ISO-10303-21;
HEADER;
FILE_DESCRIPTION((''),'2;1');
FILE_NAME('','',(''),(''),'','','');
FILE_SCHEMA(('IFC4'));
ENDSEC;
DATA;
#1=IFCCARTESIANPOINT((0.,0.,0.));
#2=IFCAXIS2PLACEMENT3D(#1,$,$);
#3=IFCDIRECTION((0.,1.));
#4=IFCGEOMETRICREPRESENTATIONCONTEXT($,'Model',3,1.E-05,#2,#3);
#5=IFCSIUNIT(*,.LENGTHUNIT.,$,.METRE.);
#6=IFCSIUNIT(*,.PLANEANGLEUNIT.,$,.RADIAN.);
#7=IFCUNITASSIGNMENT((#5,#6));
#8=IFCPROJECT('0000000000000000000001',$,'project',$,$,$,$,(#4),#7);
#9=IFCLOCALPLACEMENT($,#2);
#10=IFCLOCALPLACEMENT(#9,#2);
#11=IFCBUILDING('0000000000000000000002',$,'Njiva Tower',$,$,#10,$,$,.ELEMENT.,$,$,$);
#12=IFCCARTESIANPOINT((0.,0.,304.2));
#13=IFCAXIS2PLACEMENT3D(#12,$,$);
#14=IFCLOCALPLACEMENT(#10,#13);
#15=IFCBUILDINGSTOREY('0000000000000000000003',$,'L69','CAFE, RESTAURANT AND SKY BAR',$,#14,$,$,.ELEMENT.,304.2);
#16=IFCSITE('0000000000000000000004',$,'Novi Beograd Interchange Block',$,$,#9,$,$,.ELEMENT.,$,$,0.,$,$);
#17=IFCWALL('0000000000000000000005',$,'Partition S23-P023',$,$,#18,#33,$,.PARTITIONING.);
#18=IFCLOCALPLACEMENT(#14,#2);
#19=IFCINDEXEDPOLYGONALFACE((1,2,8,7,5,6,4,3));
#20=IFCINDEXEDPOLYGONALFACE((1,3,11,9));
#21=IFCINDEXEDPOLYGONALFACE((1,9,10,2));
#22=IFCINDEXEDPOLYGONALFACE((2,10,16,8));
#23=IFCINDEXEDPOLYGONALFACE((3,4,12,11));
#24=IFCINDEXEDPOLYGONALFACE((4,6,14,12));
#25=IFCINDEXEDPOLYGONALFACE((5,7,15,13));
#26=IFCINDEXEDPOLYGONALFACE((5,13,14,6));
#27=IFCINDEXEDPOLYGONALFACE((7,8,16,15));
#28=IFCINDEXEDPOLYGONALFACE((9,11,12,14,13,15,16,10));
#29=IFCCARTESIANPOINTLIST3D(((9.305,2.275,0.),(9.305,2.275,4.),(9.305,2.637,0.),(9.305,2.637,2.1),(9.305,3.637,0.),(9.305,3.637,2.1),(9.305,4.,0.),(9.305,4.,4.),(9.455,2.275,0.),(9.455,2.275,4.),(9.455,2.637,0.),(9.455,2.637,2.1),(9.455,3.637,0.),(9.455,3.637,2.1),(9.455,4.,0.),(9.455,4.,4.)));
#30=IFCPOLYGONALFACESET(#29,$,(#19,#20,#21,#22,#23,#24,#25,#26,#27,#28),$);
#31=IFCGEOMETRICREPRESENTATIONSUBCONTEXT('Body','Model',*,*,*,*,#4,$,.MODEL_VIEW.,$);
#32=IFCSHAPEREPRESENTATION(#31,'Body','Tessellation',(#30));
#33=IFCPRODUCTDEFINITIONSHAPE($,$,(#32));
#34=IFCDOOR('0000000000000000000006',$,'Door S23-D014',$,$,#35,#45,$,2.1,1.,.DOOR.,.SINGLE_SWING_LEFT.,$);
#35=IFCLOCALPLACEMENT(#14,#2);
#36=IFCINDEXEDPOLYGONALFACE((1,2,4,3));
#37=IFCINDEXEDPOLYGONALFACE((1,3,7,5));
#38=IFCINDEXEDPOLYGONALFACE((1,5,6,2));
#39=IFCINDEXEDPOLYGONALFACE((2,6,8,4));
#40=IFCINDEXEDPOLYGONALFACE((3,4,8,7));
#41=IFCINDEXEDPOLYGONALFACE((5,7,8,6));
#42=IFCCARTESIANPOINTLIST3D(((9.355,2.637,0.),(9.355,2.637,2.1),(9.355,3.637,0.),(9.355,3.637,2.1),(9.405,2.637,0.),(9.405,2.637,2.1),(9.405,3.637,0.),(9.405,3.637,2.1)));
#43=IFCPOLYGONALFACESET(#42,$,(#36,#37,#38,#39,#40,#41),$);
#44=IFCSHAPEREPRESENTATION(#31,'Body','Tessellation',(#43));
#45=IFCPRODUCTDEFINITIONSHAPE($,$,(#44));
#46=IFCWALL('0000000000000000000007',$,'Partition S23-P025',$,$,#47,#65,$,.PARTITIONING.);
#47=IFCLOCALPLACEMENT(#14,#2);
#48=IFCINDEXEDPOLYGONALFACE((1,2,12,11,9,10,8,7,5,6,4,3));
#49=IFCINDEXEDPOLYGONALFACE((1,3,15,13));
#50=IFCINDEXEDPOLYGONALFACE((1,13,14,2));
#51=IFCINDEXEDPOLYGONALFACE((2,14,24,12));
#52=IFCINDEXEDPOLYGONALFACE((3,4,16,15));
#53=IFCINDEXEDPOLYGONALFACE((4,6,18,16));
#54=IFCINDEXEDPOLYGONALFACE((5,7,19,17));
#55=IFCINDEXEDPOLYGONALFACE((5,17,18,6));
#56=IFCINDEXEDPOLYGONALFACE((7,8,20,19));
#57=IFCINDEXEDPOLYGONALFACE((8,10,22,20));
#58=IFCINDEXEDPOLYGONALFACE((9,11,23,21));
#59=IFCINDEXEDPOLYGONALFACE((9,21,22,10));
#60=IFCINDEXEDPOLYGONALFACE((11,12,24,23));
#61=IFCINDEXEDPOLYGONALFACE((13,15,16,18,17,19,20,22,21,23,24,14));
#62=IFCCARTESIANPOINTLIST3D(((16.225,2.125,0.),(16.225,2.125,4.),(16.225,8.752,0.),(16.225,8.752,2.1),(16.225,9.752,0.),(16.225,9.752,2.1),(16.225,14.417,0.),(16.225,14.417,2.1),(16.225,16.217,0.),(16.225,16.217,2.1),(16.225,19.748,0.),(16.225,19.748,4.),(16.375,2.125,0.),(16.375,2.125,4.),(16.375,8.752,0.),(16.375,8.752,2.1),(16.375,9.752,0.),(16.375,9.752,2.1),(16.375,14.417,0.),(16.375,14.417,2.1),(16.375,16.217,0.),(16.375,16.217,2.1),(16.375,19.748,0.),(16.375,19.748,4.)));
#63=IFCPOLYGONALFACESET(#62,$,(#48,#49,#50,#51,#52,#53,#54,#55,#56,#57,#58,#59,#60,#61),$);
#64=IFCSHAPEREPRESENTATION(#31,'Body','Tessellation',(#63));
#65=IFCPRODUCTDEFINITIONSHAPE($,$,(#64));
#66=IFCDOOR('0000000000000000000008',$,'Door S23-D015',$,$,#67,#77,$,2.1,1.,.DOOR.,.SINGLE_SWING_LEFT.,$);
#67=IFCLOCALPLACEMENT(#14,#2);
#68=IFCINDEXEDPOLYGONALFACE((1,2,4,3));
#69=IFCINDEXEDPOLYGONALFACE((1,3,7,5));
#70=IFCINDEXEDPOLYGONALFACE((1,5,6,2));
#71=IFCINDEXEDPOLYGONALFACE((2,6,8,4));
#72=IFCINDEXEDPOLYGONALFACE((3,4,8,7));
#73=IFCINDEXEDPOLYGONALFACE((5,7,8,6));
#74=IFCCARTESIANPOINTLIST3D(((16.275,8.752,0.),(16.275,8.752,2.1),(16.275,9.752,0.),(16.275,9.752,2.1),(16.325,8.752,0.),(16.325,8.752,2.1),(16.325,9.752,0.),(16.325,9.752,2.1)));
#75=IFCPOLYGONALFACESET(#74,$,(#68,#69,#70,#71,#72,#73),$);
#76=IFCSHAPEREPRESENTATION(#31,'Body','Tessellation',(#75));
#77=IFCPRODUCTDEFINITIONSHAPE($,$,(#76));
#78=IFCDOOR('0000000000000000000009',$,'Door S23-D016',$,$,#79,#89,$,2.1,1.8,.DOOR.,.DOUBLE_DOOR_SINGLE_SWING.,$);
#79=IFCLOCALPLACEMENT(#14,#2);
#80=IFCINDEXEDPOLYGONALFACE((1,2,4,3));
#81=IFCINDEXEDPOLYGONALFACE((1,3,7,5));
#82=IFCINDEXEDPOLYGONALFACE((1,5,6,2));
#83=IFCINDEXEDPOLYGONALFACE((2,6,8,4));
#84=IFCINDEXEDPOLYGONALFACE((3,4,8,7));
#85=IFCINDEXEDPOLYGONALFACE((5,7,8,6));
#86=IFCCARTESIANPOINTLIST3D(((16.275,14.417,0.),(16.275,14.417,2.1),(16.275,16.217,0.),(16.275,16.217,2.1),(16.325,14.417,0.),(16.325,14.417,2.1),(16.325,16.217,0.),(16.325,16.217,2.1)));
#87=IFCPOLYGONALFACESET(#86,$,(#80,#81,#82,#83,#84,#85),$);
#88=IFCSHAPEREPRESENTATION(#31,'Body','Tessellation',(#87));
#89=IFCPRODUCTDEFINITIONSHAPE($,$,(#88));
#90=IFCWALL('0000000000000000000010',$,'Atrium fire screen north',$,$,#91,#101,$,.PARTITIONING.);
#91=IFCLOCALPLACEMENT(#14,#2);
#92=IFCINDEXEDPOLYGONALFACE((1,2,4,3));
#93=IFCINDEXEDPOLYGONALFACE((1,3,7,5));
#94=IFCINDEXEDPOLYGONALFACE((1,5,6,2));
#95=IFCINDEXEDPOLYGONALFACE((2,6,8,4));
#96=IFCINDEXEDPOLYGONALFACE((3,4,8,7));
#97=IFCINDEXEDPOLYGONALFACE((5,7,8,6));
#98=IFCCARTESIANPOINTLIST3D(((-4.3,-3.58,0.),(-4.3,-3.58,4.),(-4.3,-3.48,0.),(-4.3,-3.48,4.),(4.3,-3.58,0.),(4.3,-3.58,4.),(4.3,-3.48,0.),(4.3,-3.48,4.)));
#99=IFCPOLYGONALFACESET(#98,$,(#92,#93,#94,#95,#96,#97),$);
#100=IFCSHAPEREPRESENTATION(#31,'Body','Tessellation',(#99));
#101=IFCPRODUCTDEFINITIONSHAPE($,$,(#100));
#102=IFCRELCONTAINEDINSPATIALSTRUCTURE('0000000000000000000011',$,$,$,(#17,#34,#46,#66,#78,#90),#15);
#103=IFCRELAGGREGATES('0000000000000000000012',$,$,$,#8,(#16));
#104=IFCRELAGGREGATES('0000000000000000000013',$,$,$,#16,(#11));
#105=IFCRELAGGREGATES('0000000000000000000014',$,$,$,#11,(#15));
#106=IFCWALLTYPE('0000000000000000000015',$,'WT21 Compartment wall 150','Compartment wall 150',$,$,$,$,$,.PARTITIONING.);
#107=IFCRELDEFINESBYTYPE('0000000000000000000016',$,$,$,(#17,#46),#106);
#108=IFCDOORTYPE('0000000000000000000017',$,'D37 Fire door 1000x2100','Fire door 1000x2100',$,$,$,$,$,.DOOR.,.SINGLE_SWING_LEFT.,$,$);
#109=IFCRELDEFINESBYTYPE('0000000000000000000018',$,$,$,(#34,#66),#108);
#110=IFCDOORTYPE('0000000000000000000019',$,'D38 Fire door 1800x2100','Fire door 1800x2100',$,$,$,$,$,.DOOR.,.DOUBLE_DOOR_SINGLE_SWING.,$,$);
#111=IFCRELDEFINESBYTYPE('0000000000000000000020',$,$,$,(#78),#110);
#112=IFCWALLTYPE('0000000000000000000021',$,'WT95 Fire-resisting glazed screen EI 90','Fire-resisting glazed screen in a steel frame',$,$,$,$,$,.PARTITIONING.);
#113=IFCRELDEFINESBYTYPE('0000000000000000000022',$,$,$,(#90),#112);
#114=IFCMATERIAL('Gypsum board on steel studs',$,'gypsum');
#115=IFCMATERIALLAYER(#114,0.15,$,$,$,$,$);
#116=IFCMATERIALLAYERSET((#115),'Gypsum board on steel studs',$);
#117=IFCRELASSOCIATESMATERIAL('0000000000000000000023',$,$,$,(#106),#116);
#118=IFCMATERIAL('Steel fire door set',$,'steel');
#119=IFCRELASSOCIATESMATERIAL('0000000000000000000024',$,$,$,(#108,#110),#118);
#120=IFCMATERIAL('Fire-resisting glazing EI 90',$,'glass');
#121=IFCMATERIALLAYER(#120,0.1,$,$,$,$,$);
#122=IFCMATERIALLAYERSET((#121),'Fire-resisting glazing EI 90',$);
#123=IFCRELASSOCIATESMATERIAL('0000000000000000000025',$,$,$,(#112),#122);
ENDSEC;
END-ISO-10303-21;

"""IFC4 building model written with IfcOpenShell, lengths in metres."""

from ifc_helpers import new_model, si_unit, direction, frame, frame_2d, origin, place, context, subcontext, project, spatial, rectangle, extrude, material, layer, layer_set, type_object, element, fill, save


model = new_model("IFC4")

# Units and contexts
model_context = context("Model", 3, precision=1e-05, world=origin(), true_north=direction((0.0, 1.0)))
body_context = subcontext(model_context, "Body", "Model", "MODEL_VIEW")
ifc_project = project(units=[si_unit("LENGTHUNIT", "METRE"), si_unit("PLANEANGLEUNIT", "RADIAN")], contexts=[model_context])

# Site, building, storey
site_placement = place(None, origin())
site = spatial("IfcSite", under=ifc_project, at=site_placement, Name="Novi Beograd Interchange Block", CompositionType="ELEMENT", RefElevation=0.0)
building_placement = place(site_placement, origin())
building = spatial("IfcBuilding", under=site, at=building_placement, Name="Njiva Tower", CompositionType="ELEMENT")
storey_placement = place(building_placement, frame((0.0, 0.0, 304.2)))
storey = spatial("IfcBuildingStorey", under=building, at=storey_placement, Name="L69", Description="CAFE, RESTAURANT AND SKY BAR", CompositionType="ELEMENT", Elevation=304.2)

# Shared definitions
ifc_material_1 = material(Name="Gypsum board on steel studs", Category="gypsum")

# Shared definitions
ifc_layer_1 = layer(ifc_material_1, 0.15)
ifc_layer_set_1 = layer_set([ifc_layer_1], Name="Gypsum board on steel studs")
wall_type_1 = type_object("IfcWallType", Name="WT21 Compartment wall 150", Description="Compartment wall 150", PredefinedType="PARTITIONING", material=ifc_layer_set_1)
ifc_material_2 = material(Name="Steel fire door set", Category="steel")
door_type_1 = type_object("IfcDoorType", Name="D37 Fire door 1000x2100", Description="Fire door 1000x2100", OperationType="SINGLE_SWING_LEFT", PredefinedType="DOOR", material=ifc_material_2)
door_type_2 = type_object("IfcDoorType", Name="D38 Fire door 1800x2100", Description="Fire door 1800x2100", OperationType="DOUBLE_DOOR_SINGLE_SWING", PredefinedType="DOOR", material=ifc_material_2)

# Wall, opening, door
wall_1_placement = place(storey_placement, frame((9.38, 2.275, 0.0), z_axis=(0.0, 0.0, 1.0), x_axis=(0.0, 1.0, 0.0)))
wall_1 = element("IfcWall", 1, at=wall_1_placement, inside=storey, type_object=wall_type_1, Name="Partition S23-P023", PredefinedType="PARTITIONING", context=body_context, shape_type="SweptSolid", body=[
    extrude(rectangle(XDim=1.725, YDim=0.15, at=frame_2d((0.8625, 0.0))), origin(), (0.0, 0.0, 1.0), 4.0),
])
opening_1_placement = place(wall_1_placement, frame((0.362, 0.0, 0.0)))
opening_1 = element("IfcOpeningElement", 2, at=opening_1_placement, cuts=wall_1, PredefinedType="OPENING", context=body_context, shape_type="SweptSolid", body=[
    extrude(rectangle(XDim=1.0, YDim=2.1, at=frame_2d((0.5, 1.05))), frame((0.0, 0.085, 0.0), z_axis=(0.0, -1.0, 0.0), x_axis=(1.0, 0.0, 0.0)), (0.0, 0.0, 1.0), 0.17),
])
door_1_placement = place(opening_1_placement, origin())
door_1 = element("IfcDoor", 3, at=door_1_placement, inside=storey, type_object=door_type_1, Name="Door S23-D014", OperationType="SINGLE_SWING_LEFT", OverallHeight=2.1, OverallWidth=1.0, PredefinedType="DOOR", context=body_context, shape_type="SweptSolid", body=[
    extrude(rectangle(XDim=1.0, YDim=2.1, at=frame_2d((0.5, 1.05))), frame((0.0, 0.025, 0.0), z_axis=(0.0, -1.0, 0.0), x_axis=(1.0, 0.0, 0.0)), (0.0, 0.0, 1.0), 0.05),
])
fill(opening_1, door_1)

# Wall, openings, doors
wall_2_placement = place(storey_placement, frame((16.3, 2.125, 0.0), z_axis=(0.0, 0.0, 1.0), x_axis=(0.0, 1.0, 0.0)))
wall_2 = element("IfcWall", 4, at=wall_2_placement, inside=storey, type_object=wall_type_1, Name="Partition S23-P025", PredefinedType="PARTITIONING", context=body_context, shape_type="SweptSolid", body=[
    extrude(rectangle(XDim=17.623, YDim=0.15, at=frame_2d((8.8115, 0.0))), origin(), (0.0, 0.0, 1.0), 4.0),
])
opening_2_placement = place(wall_2_placement, frame((6.627, 0.0, 0.0)))
opening_2 = element("IfcOpeningElement", 5, at=opening_2_placement, cuts=wall_2, PredefinedType="OPENING", context=body_context, shape_type="SweptSolid", body=[
    extrude(rectangle(XDim=1.0, YDim=2.1, at=frame_2d((0.5, 1.05))), frame((0.0, 0.085, 0.0), z_axis=(0.0, -1.0, 0.0), x_axis=(1.0, 0.0, 0.0)), (0.0, 0.0, 1.0), 0.17),
])
opening_3_placement = place(wall_2_placement, frame((12.292, 0.0, 0.0)))
opening_3 = element("IfcOpeningElement", 6, at=opening_3_placement, cuts=wall_2, PredefinedType="OPENING", context=body_context, shape_type="SweptSolid", body=[
    extrude(rectangle(XDim=1.8, YDim=2.1, at=frame_2d((0.9, 1.05))), frame((0.0, 0.085, 0.0), z_axis=(0.0, -1.0, 0.0), x_axis=(1.0, 0.0, 0.0)), (0.0, 0.0, 1.0), 0.17),
])
door_2_placement = place(opening_2_placement, origin())
door_2 = element("IfcDoor", 7, at=door_2_placement, inside=storey, type_object=door_type_1, Name="Door S23-D015", OperationType="SINGLE_SWING_LEFT", OverallHeight=2.1, OverallWidth=1.0, PredefinedType="DOOR", context=body_context, shape_type="SweptSolid", body=[
    extrude(rectangle(XDim=1.0, YDim=2.1, at=frame_2d((0.5, 1.05))), frame((0.0, 0.025, 0.0), z_axis=(0.0, -1.0, 0.0), x_axis=(1.0, 0.0, 0.0)), (0.0, 0.0, 1.0), 0.05),
])
fill(opening_2, door_2)
door_3_placement = place(opening_3_placement, origin())
door_3 = element("IfcDoor", 8, at=door_3_placement, inside=storey, type_object=door_type_2, Name="Door S23-D016", OperationType="DOUBLE_DOOR_SINGLE_SWING", OverallHeight=2.1, OverallWidth=1.8, PredefinedType="DOOR", context=body_context, shape_type="SweptSolid", body=[
    extrude(rectangle(XDim=1.8, YDim=2.1, at=frame_2d((0.9, 1.05))), frame((0.0, 0.025, 0.0), z_axis=(0.0, -1.0, 0.0), x_axis=(1.0, 0.0, 0.0)), (0.0, 0.0, 1.0), 0.05),
])
fill(opening_3, door_3)

# Wall
ifc_material_3 = material(Name="Fire-resisting glazing EI 90", Category="glass")
ifc_layer_2 = layer(ifc_material_3, 0.1)
ifc_layer_set_2 = layer_set([ifc_layer_2], Name="Fire-resisting glazing EI 90")
wall_type_2 = type_object("IfcWallType", Name="WT95 Fire-resisting glazed screen EI 90", Description="Fire-resisting glazed screen in a steel frame", PredefinedType="PARTITIONING", material=ifc_layer_set_2)
wall_3_placement = place(storey_placement, frame((4.3, -3.53, 0.0), z_axis=(0.0, 0.0, 1.0), x_axis=(-1.0, 0.0, 0.0)))
element("IfcWall", 9, at=wall_3_placement, inside=storey, type_object=wall_type_2, Name="Atrium fire screen north", PredefinedType="PARTITIONING", context=body_context, shape_type="SweptSolid", body=[
    extrude(rectangle(XDim=8.6, YDim=0.1, at=frame_2d((4.3, 0.0))), origin(), (0.0, 0.0, 1.0), 4.0),
])

save(model, "model.ifc")
